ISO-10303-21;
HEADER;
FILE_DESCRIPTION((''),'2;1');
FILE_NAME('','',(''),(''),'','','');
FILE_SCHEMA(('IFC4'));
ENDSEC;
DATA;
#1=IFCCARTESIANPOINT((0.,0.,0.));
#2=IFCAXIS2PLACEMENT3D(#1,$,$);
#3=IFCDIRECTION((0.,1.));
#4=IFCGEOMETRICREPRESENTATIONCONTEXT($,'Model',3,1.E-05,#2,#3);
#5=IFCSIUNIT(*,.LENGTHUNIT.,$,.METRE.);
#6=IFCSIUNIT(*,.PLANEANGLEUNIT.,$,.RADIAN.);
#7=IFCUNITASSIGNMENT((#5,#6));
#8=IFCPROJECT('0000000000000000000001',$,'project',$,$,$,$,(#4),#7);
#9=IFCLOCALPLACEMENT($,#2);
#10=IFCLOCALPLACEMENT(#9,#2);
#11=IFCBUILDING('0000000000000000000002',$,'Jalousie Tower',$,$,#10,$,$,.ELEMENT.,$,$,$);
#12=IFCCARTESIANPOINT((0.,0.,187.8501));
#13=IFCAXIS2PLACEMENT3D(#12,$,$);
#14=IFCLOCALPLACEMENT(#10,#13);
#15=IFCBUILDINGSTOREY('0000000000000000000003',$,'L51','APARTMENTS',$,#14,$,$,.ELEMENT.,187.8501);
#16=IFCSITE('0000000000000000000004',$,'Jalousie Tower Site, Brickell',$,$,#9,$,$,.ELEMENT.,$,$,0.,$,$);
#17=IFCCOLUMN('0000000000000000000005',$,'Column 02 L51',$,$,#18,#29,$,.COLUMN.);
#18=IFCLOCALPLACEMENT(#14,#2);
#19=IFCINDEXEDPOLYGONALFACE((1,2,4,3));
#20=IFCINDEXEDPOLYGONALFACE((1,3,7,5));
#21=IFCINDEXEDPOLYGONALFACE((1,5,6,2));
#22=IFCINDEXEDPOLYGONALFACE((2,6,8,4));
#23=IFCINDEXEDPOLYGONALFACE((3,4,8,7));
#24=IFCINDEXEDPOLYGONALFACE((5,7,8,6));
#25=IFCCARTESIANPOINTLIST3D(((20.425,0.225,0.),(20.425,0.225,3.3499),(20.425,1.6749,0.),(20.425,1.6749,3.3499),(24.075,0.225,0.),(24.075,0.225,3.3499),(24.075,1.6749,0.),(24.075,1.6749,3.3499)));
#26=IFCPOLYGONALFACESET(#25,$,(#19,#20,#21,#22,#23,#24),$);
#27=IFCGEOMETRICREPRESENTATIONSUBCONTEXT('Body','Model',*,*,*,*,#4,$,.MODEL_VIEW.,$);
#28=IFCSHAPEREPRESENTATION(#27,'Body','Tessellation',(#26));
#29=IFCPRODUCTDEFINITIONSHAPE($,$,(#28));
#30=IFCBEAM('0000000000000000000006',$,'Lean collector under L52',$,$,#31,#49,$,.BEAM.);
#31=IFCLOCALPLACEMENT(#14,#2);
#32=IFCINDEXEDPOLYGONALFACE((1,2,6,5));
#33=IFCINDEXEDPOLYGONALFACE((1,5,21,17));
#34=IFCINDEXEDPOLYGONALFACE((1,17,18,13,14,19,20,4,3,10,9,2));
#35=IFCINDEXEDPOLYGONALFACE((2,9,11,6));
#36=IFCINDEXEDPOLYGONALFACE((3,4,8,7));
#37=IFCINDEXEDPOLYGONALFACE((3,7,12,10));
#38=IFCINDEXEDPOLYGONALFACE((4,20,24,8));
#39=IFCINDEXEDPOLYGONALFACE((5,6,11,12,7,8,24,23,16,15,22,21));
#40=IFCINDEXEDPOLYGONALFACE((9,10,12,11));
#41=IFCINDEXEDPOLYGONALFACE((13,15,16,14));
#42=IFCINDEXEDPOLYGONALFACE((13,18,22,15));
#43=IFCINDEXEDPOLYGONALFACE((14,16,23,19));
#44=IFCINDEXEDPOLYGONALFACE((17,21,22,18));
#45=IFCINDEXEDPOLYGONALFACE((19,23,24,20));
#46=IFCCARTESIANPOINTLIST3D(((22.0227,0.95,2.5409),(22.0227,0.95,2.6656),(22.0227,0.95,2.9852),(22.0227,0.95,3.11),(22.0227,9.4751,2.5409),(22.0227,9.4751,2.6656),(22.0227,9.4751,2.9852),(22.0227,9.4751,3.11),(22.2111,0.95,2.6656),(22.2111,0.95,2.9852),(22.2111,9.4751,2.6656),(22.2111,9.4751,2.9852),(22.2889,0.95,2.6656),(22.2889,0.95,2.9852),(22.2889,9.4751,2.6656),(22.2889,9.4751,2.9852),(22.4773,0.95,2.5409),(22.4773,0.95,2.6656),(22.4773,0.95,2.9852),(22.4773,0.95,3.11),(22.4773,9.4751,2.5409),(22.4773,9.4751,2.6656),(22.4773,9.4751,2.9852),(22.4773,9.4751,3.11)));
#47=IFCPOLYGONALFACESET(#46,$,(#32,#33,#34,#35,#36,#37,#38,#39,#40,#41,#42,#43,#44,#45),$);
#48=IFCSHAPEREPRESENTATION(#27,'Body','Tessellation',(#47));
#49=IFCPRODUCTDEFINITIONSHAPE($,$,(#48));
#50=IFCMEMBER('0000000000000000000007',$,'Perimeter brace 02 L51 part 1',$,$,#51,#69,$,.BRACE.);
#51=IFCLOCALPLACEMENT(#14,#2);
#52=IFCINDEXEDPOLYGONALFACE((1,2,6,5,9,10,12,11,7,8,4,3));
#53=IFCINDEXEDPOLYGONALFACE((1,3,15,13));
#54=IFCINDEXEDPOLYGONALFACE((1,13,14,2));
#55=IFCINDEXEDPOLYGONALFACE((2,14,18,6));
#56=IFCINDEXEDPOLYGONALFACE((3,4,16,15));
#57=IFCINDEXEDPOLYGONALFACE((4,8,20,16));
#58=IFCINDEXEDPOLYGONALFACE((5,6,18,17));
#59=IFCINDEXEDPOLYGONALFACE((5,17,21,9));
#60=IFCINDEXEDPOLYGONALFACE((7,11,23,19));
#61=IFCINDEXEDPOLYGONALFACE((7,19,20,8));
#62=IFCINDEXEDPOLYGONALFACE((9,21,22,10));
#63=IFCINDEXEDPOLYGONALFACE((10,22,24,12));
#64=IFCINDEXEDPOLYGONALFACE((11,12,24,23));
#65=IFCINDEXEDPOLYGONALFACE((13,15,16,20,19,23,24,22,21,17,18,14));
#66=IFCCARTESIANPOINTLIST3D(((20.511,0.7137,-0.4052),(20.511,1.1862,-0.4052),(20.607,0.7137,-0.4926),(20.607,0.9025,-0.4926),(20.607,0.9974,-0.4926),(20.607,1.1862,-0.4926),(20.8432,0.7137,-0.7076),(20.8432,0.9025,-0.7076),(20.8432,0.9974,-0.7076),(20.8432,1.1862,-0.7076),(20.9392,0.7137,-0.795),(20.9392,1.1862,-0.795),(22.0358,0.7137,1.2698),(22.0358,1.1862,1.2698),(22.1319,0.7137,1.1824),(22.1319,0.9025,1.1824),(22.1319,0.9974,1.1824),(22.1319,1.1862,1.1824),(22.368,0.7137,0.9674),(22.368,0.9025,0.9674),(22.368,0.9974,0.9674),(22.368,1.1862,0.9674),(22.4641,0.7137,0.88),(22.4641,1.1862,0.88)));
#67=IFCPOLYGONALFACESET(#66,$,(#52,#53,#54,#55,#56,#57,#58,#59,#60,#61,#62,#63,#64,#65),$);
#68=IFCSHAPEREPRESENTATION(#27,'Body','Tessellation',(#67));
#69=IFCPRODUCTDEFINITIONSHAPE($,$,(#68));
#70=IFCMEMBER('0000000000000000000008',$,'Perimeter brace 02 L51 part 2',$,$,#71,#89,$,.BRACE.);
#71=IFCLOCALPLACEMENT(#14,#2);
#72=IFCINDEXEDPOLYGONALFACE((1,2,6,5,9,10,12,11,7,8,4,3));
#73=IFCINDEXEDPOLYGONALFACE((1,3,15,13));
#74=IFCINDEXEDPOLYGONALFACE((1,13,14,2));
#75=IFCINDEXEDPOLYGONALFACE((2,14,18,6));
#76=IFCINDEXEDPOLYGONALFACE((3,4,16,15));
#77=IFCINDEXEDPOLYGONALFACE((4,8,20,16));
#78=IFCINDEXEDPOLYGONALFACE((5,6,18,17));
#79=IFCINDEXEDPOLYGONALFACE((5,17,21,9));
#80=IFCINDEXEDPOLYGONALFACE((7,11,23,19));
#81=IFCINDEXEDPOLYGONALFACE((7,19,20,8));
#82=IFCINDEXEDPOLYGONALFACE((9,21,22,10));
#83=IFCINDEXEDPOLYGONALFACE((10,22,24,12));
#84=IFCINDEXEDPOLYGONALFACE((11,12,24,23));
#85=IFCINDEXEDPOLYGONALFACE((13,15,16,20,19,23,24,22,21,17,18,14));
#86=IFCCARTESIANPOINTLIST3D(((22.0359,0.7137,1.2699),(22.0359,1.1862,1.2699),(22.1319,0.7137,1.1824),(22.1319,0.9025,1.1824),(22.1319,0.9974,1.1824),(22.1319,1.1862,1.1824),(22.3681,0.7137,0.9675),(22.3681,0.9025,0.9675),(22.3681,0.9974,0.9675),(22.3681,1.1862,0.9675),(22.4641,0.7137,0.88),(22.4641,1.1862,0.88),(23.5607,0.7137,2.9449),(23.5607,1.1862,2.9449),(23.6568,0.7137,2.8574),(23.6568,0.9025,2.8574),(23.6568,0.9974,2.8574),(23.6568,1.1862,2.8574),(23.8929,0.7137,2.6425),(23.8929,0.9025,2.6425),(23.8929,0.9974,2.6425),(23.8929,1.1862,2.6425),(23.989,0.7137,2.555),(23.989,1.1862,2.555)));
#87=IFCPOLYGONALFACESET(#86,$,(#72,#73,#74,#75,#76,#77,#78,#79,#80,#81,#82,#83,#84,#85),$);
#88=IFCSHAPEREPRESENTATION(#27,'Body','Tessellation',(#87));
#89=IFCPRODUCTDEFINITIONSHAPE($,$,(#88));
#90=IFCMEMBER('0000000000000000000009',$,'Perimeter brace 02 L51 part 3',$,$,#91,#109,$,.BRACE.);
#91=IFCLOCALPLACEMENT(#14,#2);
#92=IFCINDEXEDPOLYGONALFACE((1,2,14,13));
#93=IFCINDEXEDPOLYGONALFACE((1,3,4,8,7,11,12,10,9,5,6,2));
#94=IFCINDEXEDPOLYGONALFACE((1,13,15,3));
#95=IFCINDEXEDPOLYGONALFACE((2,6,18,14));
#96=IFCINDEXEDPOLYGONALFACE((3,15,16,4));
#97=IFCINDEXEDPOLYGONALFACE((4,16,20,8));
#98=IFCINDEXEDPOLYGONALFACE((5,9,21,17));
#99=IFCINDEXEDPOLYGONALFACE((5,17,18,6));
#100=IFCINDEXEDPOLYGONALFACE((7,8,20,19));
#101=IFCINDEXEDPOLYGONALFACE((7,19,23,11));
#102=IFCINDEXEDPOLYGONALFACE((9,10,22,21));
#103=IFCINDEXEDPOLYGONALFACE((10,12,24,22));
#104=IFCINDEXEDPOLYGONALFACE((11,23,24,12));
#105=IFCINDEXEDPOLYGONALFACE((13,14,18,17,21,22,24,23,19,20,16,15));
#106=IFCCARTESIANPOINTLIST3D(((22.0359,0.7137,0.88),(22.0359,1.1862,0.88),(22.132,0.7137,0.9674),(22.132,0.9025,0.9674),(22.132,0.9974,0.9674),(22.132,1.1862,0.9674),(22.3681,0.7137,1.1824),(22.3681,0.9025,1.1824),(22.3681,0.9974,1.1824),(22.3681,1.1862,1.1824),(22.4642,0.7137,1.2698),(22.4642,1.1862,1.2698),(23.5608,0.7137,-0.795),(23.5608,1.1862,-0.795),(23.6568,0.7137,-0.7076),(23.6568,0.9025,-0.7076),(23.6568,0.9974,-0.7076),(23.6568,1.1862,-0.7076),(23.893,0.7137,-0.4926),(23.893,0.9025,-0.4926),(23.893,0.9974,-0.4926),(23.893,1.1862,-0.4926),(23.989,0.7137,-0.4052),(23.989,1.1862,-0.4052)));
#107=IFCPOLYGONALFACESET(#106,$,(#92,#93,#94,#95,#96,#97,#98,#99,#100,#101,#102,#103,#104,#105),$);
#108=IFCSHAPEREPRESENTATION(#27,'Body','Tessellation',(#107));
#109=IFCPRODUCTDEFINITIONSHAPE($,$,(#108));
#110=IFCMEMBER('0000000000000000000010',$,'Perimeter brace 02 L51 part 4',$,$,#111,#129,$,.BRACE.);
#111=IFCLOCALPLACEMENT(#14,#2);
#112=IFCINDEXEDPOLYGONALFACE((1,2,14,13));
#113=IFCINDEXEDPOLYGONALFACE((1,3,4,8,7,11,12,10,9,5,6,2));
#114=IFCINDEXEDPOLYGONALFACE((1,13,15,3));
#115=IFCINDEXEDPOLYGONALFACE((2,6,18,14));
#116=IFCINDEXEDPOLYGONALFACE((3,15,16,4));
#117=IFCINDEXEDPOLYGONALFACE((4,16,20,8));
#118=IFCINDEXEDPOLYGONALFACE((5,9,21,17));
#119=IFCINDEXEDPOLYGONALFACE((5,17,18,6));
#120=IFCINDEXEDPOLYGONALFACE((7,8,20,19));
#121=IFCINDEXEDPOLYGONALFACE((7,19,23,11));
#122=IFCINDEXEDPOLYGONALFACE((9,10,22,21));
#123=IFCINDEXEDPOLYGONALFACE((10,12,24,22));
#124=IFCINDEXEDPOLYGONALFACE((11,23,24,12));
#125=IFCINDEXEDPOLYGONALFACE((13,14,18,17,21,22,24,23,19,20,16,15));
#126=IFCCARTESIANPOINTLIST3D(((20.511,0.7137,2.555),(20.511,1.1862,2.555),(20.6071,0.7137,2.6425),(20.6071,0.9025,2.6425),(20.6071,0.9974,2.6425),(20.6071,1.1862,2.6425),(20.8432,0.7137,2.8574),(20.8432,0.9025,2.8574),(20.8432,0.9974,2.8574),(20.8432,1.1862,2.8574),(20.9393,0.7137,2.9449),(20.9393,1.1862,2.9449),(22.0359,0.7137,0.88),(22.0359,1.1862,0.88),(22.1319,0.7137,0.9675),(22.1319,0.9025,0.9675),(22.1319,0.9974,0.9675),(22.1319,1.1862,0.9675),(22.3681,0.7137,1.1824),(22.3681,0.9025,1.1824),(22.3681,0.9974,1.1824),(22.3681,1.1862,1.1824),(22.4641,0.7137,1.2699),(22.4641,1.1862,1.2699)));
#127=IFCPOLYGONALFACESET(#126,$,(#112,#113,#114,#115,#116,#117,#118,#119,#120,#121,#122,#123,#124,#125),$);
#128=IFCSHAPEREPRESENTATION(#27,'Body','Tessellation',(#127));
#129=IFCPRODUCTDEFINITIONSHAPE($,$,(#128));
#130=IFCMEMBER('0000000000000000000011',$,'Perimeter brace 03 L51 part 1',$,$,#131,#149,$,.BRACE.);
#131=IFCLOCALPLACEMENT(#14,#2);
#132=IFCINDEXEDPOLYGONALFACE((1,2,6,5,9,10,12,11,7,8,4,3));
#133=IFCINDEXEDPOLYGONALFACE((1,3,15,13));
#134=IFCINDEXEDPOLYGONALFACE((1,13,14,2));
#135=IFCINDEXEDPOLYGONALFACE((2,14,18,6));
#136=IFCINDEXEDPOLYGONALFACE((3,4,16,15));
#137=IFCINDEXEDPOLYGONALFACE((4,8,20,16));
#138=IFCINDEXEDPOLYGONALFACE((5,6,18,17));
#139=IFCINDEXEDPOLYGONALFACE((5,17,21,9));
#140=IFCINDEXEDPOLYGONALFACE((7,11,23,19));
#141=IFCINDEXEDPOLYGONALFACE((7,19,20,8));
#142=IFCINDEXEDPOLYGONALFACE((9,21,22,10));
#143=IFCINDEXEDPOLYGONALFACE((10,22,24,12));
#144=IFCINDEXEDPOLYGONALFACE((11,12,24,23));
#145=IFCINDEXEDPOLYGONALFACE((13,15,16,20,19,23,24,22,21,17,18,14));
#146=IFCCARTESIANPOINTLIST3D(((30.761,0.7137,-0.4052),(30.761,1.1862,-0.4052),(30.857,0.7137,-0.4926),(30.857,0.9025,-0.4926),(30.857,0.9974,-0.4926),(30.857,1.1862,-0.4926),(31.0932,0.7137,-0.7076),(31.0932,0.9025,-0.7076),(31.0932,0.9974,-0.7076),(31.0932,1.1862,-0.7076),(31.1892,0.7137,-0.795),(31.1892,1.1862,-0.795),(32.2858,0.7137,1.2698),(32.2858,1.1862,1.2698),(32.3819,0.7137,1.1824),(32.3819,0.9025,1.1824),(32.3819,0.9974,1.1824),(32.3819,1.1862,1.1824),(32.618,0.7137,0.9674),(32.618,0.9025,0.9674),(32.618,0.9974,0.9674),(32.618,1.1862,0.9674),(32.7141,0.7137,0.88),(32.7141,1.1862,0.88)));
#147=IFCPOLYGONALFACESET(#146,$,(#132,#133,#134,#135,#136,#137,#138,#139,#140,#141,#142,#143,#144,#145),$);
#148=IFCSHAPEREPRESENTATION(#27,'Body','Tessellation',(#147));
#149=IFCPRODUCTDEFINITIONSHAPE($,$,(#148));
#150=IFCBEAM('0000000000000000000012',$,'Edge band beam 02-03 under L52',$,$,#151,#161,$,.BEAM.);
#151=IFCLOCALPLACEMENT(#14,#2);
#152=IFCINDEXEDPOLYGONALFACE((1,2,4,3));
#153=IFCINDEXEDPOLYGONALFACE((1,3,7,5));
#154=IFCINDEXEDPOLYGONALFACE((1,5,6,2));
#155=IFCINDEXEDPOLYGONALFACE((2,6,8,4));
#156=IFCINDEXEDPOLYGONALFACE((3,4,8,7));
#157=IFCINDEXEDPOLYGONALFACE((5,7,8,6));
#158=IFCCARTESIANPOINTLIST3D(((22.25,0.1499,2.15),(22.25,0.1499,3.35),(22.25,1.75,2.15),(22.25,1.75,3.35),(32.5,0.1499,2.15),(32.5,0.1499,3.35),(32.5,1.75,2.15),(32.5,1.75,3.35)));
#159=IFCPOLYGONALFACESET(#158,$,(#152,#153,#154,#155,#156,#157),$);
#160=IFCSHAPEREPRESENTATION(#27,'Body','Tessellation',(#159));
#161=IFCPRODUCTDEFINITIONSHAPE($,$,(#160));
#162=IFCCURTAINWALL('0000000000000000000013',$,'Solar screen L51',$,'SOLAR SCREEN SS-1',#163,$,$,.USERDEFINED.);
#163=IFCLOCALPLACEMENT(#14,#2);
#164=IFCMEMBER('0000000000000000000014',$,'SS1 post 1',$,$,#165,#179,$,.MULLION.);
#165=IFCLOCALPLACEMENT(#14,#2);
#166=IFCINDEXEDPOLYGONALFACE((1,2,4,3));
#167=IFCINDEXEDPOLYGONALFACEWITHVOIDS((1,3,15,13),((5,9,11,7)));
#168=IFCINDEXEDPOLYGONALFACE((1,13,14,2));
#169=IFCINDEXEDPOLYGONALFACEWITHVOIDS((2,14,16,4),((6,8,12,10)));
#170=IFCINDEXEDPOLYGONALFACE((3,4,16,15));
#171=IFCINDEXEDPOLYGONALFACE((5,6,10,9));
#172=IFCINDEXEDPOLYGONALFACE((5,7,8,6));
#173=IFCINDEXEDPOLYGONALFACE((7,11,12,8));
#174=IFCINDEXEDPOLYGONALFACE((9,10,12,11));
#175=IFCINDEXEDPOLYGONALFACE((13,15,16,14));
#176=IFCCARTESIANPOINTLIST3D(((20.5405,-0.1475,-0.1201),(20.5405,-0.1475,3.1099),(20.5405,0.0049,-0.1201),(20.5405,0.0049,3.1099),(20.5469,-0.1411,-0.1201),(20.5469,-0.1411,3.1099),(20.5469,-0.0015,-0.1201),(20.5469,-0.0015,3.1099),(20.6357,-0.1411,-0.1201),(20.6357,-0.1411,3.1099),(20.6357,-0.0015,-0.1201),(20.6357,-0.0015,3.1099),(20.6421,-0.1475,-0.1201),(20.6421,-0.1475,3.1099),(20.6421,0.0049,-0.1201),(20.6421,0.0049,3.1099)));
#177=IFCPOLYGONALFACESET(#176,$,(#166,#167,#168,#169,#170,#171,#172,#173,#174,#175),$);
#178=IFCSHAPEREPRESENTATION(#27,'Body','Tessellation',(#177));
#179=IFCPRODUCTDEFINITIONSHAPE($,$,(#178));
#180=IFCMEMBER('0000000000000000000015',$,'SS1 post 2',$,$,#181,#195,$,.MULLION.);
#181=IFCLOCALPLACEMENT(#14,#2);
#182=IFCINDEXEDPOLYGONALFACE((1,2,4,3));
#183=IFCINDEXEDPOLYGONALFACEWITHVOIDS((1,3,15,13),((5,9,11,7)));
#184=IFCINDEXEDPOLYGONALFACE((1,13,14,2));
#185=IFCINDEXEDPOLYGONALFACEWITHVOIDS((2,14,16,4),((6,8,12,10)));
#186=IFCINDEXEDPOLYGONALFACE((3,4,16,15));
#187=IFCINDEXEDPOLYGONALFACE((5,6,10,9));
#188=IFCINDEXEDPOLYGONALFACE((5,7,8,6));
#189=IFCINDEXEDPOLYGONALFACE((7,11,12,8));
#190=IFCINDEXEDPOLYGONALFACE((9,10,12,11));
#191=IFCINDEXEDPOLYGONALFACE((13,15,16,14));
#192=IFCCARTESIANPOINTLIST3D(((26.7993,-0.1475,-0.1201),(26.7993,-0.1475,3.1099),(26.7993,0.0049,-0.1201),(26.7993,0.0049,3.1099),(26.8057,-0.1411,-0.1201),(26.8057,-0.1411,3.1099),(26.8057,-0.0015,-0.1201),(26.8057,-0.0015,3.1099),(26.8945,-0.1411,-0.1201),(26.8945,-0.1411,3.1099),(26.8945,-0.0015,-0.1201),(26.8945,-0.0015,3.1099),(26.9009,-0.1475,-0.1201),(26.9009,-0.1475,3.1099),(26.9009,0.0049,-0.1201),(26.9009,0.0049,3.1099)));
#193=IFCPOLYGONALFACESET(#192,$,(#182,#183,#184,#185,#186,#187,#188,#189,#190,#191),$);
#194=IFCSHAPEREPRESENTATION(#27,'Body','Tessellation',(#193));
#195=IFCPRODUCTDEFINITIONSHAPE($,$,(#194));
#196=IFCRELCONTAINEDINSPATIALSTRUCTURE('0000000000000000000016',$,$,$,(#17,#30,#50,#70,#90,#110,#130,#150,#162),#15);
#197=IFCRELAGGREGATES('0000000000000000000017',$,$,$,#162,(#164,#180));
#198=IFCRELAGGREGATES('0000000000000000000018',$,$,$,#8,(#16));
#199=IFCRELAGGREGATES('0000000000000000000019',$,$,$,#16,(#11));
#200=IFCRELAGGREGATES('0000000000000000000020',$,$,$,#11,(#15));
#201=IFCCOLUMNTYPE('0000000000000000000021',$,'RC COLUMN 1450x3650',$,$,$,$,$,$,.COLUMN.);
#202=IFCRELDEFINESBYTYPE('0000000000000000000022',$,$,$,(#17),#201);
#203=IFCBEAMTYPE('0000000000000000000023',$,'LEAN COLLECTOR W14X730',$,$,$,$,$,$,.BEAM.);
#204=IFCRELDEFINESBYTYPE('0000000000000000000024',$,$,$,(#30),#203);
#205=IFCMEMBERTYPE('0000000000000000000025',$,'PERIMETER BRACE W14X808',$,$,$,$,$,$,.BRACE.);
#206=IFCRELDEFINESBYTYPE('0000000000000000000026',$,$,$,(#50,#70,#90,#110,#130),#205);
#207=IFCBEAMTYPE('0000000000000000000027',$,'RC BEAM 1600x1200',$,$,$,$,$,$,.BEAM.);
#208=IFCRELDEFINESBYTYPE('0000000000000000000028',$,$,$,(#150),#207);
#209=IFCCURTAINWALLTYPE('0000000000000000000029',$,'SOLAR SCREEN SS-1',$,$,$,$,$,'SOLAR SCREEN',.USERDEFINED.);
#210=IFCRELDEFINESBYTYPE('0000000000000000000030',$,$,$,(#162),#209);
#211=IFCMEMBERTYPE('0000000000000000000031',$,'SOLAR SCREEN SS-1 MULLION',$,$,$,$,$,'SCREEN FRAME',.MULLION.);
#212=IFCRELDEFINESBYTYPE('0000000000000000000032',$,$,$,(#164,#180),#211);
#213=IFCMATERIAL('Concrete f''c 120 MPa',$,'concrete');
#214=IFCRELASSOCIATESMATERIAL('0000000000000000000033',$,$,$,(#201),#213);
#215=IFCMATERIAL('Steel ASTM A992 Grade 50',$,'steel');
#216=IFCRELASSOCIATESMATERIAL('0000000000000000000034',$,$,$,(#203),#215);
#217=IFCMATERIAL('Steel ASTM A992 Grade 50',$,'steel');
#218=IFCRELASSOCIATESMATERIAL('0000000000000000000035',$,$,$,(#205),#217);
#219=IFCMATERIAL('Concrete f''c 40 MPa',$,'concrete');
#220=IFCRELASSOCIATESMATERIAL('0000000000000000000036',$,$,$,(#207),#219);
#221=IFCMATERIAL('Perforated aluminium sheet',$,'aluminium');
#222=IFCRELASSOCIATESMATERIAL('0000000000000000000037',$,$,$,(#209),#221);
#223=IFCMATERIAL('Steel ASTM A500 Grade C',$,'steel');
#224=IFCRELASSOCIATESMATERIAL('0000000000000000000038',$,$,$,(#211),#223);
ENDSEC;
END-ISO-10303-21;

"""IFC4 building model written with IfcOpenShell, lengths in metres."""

from ifc_helpers import new_model, si_unit, direction, frame, origin, origin_2d, place, context, subcontext, project, spatial, rectangle, hollow_rectangle, i_section, extrude, material, material_profile, profile_set, type_object, element, aggregate, save


model = new_model("IFC4")

# Units and contexts
model_context = context("Model", 3, precision=1e-05, world=origin(), true_north=direction((0.0, 1.0)))
body_context = subcontext(model_context, "Body", "Model", "MODEL_VIEW")
ifc_project = project(units=[si_unit("LENGTHUNIT", "METRE"), si_unit("PLANEANGLEUNIT", "RADIAN")], contexts=[model_context])

# Site, building, storey
site_placement = place(None, origin())
site = spatial("IfcSite", under=ifc_project, at=site_placement, Name="Jalousie Tower Site, Brickell", CompositionType="ELEMENT", RefElevation=0.0)
building_placement = place(site_placement, origin())
building = spatial("IfcBuilding", under=site, at=building_placement, Name="Jalousie Tower", CompositionType="ELEMENT")
storey_placement = place(building_placement, frame((0.0, 0.0, 187.8501)))
storey = spatial("IfcBuildingStorey", under=building, at=storey_placement, Name="L51", Description="APARTMENTS", CompositionType="ELEMENT", Elevation=187.8501)

# Column
ifc_material_1 = material(Name="Concrete f'c 120 MPa", Category="concrete")
ifc_material_profile_1 = material_profile(ifc_material_1, rectangle(XDim=1.45, YDim=3.6499, at=origin_2d()), Name="RC 1450x3650")
ifc_profile_set_1 = profile_set([ifc_material_profile_1], Name="Concrete f'c 120 MPa")
column_type = type_object("IfcColumnType", Name="RC COLUMN 1450x3650", PredefinedType="COLUMN", material=ifc_profile_set_1)
column_placement = place(storey_placement, frame((22.25, 0.95, 0.0), z_axis=(0.0, 0.0, 1.0), x_axis=(0.0, 1.0, 0.0)))
element("IfcColumn", 1, at=column_placement, inside=storey, type_object=column_type, Name="Column 02 L51", PredefinedType="COLUMN", context=body_context, shape_type="SweptSolid", body=[
    extrude(rectangle(XDim=1.45, YDim=3.6499, at=origin_2d()), origin(), (0.0, 0.0, 1.0), 3.3499),
])

# Beam
ifc_material_2 = material(Name="Steel ASTM A992 Grade 50", Category="steel")
ifc_material_profile_2 = material_profile(ifc_material_2, i_section(OverallWidth=0.4546, OverallDepth=0.5691, WebThickness=0.0779, FlangeThickness=0.1248, at=origin_2d()), Name="W14X730")
ifc_profile_set_2 = profile_set([ifc_material_profile_2], Name="Steel ASTM A992 Grade 50")
beam_type_1 = type_object("IfcBeamType", Name="LEAN COLLECTOR W14X730", PredefinedType="BEAM", material=ifc_profile_set_2)
beam_1_placement = place(storey_placement, frame((22.25, 0.95, 2.8254), z_axis=(0.0, 1.0, 0.0), x_axis=(-1.0, 0.0, 0.0)))
element("IfcBeam", 2, at=beam_1_placement, inside=storey, type_object=beam_type_1, Name="Lean collector under L52", PredefinedType="BEAM", context=body_context, shape_type="SweptSolid", body=[
    extrude(i_section(OverallWidth=0.4546, OverallDepth=0.5691, WebThickness=0.0779, FlangeThickness=0.1248, at=origin_2d()), origin(), (0.0, 0.0, 1.0), 8.5251),
])

# Members
ifc_material_3 = material(Name="Steel ASTM A992 Grade 50", Category="steel")
ifc_material_profile_3 = material_profile(ifc_material_3, i_section(OverallWidth=0.4724, OverallDepth=0.5791, WebThickness=0.095, FlangeThickness=0.1299, at=origin_2d()), Name="W14X808")
ifc_profile_set_3 = profile_set([ifc_material_profile_3], Name="Steel ASTM A992 Grade 50")
member_type_1 = type_object("IfcMemberType", Name="PERIMETER BRACE W14X808", PredefinedType="BRACE", material=ifc_profile_set_3)
for number, where, z_axis, x_axis, name in (
    (3, (20.7251, 0.95, -0.6001), (0.673188, 0.0, 0.739472), (0.0, 1.0, 0.0), "Perimeter brace 02 L51 part 1"),
    (4, (22.25, 0.95, 1.075), (0.673188, 0.0, 0.739472), (0.0, 1.0, 0.0), "Perimeter brace 02 L51 part 2"),
    (5, (23.7749, 0.95, -0.6001), (-0.673188, 0.0, 0.739472), (0.0, -1.0, 0.0), "Perimeter brace 02 L51 part 3"),
    (6, (22.25, 0.95, 1.075), (-0.673188, 0.0, 0.739472), (0.0, -1.0, 0.0), "Perimeter brace 02 L51 part 4"),
    (7, (30.9751, 0.95, -0.6001), (0.673188, 0.0, 0.739472), (0.0, 1.0, 0.0), "Perimeter brace 03 L51 part 1"),
):
    element("IfcMember", number, at=place(storey_placement, frame(where, z_axis=z_axis, x_axis=x_axis)), inside=storey, type_object=member_type_1, Name=name, PredefinedType="BRACE", context=body_context, shape_type="SweptSolid", body=[
        extrude(i_section(OverallWidth=0.4724, OverallDepth=0.5791, WebThickness=0.095, FlangeThickness=0.1299, at=origin_2d()), origin(), (0.0, 0.0, 1.0), 2.2651),
    ])

# Beam
ifc_material_4 = material(Name="Concrete f'c 40 MPa", Category="concrete")
ifc_material_profile_4 = material_profile(ifc_material_4, rectangle(XDim=1.6001, YDim=1.2, at=origin_2d()), Name="RC 1600x1200")
ifc_profile_set_4 = profile_set([ifc_material_profile_4], Name="Concrete f'c 40 MPa")
beam_type_2 = type_object("IfcBeamType", Name="RC BEAM 1600x1200", PredefinedType="BEAM", material=ifc_profile_set_4)
beam_2_placement = place(storey_placement, frame((22.25, 0.95, 2.75), z_axis=(1.0, 0.0, 0.0), x_axis=(0.0, 1.0, 0.0)))
element("IfcBeam", 8, at=beam_2_placement, inside=storey, type_object=beam_type_2, Name="Edge band beam 02-03 under L52", PredefinedType="BEAM", context=body_context, shape_type="SweptSolid", body=[
    extrude(rectangle(XDim=1.6001, YDim=1.2, at=origin_2d()), origin(), (0.0, 0.0, 1.0), 10.25),
])

# Curtain wall, members
ifc_material_5 = material(Name="Perforated aluminium sheet", Category="aluminium")
curtain_wall_type = type_object("IfcCurtainWallType", Name="SOLAR SCREEN SS-1", ElementType="SOLAR SCREEN", PredefinedType="USERDEFINED", material=ifc_material_5)
curtain_wall_placement = place(storey_placement, origin())
curtain_wall = element("IfcCurtainWall", 9, at=curtain_wall_placement, inside=storey, type_object=curtain_wall_type, Name="Solar screen L51", ObjectType="SOLAR SCREEN SS-1", PredefinedType="USERDEFINED")
ifc_material_6 = material(Name="Steel ASTM A500 Grade C", Category="steel")
ifc_material_profile_5 = material_profile(ifc_material_6, hollow_rectangle(XDim=0.1016, YDim=0.1523, WallThickness=0.0063, at=origin_2d()), Name="HSS6X4X1/4")
ifc_profile_set_5 = profile_set([ifc_material_profile_5], Name="Steel ASTM A500 Grade C")
member_type_2 = type_object("IfcMemberType", Name="SOLAR SCREEN SS-1 MULLION", ElementType="SCREEN FRAME", PredefinedType="MULLION", material=ifc_profile_set_5)
member_1_placement = place(storey_placement, frame((20.5913, -0.0713, -0.1201), z_axis=(0.0, 0.0, 1.0), x_axis=(1.0, 0.0, 0.0)))
member_1 = element("IfcMember", 10, at=member_1_placement, type_object=member_type_2, Name="SS1 post 1", PredefinedType="MULLION", context=body_context, shape_type="SweptSolid", body=[
    extrude(hollow_rectangle(XDim=0.1016, YDim=0.1523, WallThickness=0.0063, at=origin_2d()), origin(), (0.0, 0.0, 1.0), 3.23),
])
member_2_placement = place(storey_placement, frame((26.8501, -0.0713, -0.1201), z_axis=(0.0, 0.0, 1.0), x_axis=(1.0, 0.0, 0.0)))
member_2 = element("IfcMember", 11, at=member_2_placement, type_object=member_type_2, Name="SS1 post 2", PredefinedType="MULLION", context=body_context, shape_type="SweptSolid", body=[
    extrude(hollow_rectangle(XDim=0.1016, YDim=0.1523, WallThickness=0.0063, at=origin_2d()), origin(), (0.0, 0.0, 1.0), 3.23),
])
aggregate(curtain_wall, [member_1, member_2])

save(model, "model.ifc")
